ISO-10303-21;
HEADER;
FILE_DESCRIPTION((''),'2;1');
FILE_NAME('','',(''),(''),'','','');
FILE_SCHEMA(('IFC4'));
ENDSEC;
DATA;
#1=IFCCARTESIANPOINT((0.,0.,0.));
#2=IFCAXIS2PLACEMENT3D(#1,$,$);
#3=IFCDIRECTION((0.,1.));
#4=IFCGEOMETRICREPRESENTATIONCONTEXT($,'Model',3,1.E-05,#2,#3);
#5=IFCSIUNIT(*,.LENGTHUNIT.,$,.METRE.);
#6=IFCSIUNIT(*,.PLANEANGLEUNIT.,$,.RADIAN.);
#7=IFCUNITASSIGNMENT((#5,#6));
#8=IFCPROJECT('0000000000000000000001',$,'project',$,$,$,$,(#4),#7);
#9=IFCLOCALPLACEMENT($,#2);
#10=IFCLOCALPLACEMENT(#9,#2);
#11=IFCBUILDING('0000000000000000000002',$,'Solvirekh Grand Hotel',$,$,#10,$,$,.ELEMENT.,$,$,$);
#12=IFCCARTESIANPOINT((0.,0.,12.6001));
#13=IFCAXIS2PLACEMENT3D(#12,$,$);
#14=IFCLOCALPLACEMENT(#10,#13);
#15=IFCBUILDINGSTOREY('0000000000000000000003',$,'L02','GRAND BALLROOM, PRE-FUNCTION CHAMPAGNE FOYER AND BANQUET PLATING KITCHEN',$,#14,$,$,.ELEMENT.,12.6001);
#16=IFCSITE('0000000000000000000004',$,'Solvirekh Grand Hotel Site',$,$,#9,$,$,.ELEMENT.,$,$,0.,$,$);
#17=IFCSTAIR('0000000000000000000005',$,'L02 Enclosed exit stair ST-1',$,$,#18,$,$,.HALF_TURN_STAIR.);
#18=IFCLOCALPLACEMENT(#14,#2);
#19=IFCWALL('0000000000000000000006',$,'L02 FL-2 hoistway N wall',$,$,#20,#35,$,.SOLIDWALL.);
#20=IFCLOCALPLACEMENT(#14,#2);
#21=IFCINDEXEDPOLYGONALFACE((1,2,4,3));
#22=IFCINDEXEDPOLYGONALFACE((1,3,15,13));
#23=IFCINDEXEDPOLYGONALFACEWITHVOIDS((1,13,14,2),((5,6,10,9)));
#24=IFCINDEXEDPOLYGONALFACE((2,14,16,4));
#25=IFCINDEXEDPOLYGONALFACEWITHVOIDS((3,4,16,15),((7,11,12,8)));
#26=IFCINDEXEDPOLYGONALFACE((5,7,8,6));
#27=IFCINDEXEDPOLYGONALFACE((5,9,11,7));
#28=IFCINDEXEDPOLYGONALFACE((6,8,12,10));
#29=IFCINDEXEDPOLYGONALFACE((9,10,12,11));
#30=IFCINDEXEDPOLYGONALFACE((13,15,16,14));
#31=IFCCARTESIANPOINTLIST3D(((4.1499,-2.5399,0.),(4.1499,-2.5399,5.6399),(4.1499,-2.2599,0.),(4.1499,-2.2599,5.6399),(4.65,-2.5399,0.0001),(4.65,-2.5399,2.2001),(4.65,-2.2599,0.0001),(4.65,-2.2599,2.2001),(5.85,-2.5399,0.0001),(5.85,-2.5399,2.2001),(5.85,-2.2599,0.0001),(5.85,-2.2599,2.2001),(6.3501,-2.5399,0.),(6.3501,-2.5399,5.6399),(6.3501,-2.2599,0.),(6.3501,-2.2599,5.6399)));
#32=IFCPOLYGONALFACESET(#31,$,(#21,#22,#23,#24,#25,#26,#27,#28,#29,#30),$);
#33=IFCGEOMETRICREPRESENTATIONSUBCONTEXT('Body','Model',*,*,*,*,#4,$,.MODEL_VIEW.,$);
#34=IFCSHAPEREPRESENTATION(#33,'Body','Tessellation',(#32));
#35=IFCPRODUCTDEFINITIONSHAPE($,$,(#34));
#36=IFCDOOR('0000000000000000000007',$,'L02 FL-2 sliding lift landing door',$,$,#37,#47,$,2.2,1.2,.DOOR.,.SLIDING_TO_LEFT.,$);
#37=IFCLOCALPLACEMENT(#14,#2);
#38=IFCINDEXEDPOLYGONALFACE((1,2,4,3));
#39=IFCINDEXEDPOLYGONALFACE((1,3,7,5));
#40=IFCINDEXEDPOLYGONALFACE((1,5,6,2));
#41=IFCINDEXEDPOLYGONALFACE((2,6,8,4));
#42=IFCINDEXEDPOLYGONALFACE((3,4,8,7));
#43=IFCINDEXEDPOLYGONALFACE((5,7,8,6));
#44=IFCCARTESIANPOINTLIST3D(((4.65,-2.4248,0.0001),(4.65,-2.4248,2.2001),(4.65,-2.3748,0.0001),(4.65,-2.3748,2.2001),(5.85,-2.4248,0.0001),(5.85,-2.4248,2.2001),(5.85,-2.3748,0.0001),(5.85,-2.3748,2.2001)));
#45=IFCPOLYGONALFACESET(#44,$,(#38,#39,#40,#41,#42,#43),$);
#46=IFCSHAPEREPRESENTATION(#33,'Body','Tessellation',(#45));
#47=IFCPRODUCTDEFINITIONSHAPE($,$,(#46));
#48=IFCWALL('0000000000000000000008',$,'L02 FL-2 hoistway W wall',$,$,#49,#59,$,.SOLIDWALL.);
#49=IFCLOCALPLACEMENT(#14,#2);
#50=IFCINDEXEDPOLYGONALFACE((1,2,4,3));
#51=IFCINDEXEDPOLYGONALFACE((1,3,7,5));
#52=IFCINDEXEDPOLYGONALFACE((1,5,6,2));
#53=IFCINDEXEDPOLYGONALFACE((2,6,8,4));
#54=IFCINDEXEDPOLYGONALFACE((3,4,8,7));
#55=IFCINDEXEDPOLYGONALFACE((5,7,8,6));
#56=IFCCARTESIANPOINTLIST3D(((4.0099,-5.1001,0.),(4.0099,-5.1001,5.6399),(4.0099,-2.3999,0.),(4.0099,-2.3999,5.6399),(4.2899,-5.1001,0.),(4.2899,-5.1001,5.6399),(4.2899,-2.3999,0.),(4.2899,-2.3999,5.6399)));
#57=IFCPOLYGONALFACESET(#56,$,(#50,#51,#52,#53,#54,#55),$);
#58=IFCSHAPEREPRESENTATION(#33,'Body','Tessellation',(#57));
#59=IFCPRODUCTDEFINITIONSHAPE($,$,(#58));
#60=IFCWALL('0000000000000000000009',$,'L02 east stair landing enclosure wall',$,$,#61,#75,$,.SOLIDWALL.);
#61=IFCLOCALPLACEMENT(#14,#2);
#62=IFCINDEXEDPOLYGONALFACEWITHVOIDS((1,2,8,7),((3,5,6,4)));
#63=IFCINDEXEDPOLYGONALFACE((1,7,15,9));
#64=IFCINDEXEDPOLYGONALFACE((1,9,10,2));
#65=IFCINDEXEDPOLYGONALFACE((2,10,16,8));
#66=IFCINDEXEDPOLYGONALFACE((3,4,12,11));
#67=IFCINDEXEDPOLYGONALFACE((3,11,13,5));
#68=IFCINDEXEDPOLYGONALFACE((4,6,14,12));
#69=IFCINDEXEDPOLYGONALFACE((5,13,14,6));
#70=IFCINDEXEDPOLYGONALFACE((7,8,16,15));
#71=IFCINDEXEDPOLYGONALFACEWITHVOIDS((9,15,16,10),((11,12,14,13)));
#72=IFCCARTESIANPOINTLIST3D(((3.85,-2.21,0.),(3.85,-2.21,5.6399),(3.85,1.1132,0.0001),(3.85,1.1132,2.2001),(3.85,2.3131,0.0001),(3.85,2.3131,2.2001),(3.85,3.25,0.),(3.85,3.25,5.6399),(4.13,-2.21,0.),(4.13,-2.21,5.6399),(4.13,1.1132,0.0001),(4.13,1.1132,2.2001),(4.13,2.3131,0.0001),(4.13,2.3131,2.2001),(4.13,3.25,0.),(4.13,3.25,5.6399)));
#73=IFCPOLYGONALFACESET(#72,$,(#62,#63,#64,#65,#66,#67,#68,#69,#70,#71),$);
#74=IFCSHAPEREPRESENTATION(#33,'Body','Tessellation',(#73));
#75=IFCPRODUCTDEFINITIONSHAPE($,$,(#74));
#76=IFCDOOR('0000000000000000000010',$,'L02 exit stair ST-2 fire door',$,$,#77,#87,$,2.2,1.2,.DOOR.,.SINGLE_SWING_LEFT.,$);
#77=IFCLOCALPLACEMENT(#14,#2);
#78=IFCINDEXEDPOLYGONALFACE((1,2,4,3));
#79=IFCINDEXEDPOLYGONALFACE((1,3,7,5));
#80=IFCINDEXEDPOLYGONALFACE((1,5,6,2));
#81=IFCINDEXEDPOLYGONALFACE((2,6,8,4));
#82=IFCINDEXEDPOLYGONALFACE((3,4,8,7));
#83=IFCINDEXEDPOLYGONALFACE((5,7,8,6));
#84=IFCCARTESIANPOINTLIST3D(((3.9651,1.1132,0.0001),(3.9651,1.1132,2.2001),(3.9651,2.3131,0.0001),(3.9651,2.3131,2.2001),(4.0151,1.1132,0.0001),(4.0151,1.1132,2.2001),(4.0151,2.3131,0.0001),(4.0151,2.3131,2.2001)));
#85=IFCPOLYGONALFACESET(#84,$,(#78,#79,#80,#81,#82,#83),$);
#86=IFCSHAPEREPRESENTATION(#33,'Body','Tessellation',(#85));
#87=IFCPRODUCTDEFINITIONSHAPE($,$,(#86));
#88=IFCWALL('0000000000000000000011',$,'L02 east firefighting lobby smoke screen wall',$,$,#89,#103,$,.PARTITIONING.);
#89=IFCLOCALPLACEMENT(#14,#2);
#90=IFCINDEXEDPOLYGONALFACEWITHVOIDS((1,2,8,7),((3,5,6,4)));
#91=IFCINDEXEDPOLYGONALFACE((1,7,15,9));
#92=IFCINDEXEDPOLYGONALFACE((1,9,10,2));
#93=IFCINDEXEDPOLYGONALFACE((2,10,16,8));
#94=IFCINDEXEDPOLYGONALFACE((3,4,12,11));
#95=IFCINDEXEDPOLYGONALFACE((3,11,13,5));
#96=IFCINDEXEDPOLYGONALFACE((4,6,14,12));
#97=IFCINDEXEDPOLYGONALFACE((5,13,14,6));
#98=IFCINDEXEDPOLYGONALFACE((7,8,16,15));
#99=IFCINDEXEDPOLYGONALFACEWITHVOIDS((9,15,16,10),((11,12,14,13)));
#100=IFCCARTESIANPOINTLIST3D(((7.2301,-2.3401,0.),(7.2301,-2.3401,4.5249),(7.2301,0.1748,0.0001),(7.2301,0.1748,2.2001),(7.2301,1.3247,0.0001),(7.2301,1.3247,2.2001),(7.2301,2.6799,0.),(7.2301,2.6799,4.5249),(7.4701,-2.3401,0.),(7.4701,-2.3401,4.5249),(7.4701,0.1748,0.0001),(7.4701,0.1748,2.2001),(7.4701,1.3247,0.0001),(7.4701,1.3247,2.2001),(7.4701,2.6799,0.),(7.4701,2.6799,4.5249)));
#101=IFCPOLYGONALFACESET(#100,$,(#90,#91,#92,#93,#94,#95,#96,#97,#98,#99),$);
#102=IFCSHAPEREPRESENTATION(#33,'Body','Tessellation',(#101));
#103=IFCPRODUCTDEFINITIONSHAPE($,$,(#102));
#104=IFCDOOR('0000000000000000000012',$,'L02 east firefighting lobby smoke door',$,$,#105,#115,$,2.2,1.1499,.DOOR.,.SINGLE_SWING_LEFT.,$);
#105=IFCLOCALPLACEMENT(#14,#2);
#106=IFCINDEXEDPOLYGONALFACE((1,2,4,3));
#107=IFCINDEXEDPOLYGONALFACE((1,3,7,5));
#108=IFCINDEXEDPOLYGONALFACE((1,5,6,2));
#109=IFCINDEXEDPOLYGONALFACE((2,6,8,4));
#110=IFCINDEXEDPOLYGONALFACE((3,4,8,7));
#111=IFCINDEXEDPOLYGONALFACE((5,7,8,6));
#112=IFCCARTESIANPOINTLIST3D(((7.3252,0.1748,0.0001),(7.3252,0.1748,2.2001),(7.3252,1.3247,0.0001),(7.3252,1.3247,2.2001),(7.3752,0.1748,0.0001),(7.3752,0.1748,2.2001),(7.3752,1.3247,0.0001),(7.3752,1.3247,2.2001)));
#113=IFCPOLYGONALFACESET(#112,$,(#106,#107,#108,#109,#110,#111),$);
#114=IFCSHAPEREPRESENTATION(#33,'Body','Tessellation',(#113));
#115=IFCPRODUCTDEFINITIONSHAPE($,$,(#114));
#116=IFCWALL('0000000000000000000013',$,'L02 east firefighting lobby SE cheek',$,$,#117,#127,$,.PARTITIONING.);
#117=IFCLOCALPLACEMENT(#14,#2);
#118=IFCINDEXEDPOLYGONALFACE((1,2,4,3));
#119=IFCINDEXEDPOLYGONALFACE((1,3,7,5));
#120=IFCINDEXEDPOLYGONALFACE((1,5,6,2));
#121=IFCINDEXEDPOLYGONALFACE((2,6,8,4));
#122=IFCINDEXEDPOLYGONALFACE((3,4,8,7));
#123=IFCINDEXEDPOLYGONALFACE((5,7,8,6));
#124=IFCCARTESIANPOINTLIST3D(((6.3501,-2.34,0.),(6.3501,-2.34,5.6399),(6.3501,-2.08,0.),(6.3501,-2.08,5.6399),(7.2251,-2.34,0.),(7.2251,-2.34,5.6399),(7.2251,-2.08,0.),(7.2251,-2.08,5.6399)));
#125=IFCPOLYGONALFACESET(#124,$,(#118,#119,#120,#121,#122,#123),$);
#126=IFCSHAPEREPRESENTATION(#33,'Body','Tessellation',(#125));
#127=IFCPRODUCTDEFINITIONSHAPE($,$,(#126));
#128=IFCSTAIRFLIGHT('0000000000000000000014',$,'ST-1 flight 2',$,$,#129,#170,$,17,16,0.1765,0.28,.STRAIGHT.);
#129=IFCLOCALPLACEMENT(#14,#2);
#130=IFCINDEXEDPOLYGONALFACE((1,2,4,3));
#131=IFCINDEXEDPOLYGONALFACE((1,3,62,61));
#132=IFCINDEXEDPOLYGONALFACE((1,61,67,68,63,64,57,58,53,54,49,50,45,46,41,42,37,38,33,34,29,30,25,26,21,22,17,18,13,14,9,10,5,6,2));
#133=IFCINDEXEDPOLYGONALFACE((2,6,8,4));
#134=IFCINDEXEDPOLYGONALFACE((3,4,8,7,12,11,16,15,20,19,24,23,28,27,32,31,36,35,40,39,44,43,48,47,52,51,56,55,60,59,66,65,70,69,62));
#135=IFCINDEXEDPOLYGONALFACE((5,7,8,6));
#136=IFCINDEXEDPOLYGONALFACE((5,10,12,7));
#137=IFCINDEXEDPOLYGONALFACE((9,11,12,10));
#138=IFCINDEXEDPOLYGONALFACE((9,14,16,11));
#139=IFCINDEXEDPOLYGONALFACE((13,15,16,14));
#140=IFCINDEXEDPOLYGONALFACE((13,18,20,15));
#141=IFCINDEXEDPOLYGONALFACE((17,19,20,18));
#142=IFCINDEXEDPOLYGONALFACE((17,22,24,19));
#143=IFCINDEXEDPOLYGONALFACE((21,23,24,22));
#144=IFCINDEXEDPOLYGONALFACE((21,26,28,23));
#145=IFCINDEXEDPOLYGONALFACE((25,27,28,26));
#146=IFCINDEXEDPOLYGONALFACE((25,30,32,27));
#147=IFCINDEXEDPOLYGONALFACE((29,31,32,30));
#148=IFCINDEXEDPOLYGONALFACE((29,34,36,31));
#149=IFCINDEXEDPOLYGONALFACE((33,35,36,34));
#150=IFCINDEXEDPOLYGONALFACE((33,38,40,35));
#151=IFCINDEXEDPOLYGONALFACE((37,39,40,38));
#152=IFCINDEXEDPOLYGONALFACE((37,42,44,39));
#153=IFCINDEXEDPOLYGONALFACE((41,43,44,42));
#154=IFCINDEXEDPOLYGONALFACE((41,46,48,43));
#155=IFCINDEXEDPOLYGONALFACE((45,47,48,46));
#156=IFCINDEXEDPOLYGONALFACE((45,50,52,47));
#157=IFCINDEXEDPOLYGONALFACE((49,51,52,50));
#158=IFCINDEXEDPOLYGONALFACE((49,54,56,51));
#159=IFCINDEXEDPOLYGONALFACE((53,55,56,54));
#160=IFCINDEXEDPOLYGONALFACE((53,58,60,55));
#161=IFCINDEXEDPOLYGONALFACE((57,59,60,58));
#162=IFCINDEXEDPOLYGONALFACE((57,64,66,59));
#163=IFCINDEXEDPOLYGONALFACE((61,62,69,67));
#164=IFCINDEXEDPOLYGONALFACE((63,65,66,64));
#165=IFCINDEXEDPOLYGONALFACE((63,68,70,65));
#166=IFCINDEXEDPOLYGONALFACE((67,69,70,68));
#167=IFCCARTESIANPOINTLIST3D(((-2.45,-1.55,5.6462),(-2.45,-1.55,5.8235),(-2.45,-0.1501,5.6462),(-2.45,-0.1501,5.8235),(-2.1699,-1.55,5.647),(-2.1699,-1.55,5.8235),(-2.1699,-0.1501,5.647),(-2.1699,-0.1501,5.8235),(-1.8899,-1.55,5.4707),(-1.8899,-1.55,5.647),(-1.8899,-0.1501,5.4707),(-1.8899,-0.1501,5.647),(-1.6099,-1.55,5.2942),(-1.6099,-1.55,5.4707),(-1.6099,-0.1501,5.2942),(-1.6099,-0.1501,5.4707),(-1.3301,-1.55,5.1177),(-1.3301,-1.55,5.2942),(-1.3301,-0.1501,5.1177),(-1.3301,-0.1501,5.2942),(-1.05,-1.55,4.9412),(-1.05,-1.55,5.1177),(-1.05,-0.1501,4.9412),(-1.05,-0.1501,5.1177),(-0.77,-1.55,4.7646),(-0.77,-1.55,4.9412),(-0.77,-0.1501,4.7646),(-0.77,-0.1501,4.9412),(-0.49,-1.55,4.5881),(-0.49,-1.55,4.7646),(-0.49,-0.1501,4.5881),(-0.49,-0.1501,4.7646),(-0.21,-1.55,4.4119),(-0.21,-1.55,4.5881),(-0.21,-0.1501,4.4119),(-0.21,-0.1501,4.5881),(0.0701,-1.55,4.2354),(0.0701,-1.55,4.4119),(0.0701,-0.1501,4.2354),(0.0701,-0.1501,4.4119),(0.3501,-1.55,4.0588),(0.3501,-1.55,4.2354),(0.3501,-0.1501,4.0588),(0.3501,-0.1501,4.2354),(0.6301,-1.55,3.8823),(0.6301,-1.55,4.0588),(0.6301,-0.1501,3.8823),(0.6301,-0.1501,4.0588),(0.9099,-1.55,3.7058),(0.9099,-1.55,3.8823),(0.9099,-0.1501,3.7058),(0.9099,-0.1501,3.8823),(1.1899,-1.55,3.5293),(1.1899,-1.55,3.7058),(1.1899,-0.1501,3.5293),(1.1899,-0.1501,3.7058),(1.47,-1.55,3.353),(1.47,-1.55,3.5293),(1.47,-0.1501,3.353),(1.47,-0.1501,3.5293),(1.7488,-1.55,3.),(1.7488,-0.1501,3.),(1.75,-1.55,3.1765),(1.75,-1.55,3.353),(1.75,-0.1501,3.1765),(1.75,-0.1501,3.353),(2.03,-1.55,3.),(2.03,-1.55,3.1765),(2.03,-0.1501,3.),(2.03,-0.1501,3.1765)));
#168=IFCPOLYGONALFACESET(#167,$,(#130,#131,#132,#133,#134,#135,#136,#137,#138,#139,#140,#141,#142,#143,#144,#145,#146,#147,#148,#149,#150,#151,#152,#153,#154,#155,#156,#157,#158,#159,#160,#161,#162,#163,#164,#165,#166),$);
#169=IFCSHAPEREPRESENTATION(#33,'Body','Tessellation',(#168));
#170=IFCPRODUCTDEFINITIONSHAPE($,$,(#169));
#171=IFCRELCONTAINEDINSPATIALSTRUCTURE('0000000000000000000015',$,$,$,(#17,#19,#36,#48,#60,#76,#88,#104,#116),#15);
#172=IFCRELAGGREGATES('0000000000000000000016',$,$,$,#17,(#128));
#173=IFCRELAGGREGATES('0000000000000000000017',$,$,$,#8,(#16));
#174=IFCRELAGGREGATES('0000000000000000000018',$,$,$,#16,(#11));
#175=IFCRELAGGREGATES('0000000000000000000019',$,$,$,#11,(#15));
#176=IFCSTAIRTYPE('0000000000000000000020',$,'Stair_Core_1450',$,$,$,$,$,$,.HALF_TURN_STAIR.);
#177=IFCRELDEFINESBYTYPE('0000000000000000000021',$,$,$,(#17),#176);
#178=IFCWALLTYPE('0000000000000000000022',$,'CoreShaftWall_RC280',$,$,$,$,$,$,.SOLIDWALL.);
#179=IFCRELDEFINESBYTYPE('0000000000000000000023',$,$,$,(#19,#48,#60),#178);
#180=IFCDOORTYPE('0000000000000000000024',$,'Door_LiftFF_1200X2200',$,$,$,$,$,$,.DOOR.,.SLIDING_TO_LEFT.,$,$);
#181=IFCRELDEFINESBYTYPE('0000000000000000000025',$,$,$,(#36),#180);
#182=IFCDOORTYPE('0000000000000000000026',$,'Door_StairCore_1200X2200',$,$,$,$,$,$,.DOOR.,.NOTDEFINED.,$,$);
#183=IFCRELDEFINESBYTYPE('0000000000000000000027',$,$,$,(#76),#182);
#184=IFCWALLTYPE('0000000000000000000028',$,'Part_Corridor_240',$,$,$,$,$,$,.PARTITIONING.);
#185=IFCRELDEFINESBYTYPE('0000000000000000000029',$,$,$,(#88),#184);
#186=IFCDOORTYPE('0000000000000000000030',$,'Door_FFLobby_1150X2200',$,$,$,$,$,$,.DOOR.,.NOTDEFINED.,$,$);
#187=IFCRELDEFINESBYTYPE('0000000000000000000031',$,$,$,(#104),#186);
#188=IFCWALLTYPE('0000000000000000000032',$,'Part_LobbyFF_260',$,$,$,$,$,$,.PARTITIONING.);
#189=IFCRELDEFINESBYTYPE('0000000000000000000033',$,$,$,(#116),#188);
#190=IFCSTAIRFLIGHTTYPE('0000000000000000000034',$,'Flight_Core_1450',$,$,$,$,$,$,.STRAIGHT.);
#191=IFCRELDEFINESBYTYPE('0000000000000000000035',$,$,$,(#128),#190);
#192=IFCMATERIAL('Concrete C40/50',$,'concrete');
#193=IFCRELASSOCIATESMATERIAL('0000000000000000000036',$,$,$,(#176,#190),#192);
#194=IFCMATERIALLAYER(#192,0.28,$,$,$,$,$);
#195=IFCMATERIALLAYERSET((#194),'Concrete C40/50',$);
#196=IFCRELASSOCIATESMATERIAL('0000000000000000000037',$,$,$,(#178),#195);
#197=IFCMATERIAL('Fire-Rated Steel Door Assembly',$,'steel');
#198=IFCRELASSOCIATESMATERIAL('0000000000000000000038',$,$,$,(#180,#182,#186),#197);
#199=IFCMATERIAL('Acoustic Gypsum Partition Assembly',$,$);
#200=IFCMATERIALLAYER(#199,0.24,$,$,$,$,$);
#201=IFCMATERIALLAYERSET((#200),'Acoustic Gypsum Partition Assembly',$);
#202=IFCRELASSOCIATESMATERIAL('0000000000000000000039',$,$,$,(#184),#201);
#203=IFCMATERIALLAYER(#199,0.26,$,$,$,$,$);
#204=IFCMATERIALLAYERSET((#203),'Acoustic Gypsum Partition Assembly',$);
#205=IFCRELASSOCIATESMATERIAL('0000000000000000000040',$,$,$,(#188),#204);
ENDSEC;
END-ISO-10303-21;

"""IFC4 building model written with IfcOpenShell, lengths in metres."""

from ifc_helpers import new_model, si_unit, direction, frame, frame_2d, origin, place, context, subcontext, project, spatial, polyline, rectangle, outline, extrude, material, layer, layer_set, type_object, element, fill, aggregate, save


model = new_model("IFC4")

# Units and contexts
model_context = context("Model", 3, precision=1e-05, world=origin(), true_north=direction((0.0, 1.0)))
body_context = subcontext(model_context, "Body", "Model", "MODEL_VIEW")
ifc_project = project(units=[si_unit("LENGTHUNIT", "METRE"), si_unit("PLANEANGLEUNIT", "RADIAN")], contexts=[model_context])

# Site, building, storey
site_placement = place(None, origin())
site = spatial("IfcSite", under=ifc_project, at=site_placement, Name="Solvirekh Grand Hotel Site", CompositionType="ELEMENT", RefElevation=0.0)
building_placement = place(site_placement, origin())
building = spatial("IfcBuilding", under=site, at=building_placement, Name="Solvirekh Grand Hotel", CompositionType="ELEMENT")
storey_placement = place(building_placement, frame((0.0, 0.0, 12.6001)))
storey = spatial("IfcBuildingStorey", under=building, at=storey_placement, Name="L02", Description="GRAND BALLROOM, PRE-FUNCTION CHAMPAGNE FOYER AND BANQUET PLATING KITCHEN", CompositionType="ELEMENT", Elevation=12.6001)

# Stair
ifc_material_1 = material(Name="Concrete C40/50", Category="concrete")
stair_type_1 = type_object("IfcStairType", Name="Stair_Core_1450", PredefinedType="HALF_TURN_STAIR", material=ifc_material_1)
stair_1_placement = place(storey_placement, origin())
stair_1 = element("IfcStair", 1, at=stair_1_placement, inside=storey, type_object=stair_type_1, Name="L02 Enclosed exit stair ST-1", PredefinedType="HALF_TURN_STAIR")

# Shared definitions
ifc_layer_1 = layer(ifc_material_1, 0.28)
ifc_layer_set_1 = layer_set([ifc_layer_1], Name="Concrete C40/50")
wall_type_1 = type_object("IfcWallType", Name="CoreShaftWall_RC280", PredefinedType="SOLIDWALL", material=ifc_layer_set_1)

# Wall, opening, door
wall_1_placement = place(storey_placement, frame((6.3501, -2.3999, 0.0), z_axis=(0.0, 0.0, 1.0), x_axis=(-1.0, 0.0, 0.0)))
wall_1 = element("IfcWall", 2, at=wall_1_placement, inside=storey, type_object=wall_type_1, Name="L02 FL-2 hoistway N wall", PredefinedType="SOLIDWALL", context=body_context, shape_type="SweptSolid", body=[
    extrude(rectangle(XDim=2.2002, YDim=0.28, at=frame_2d((1.1001, 0.0))), origin(), (0.0, 0.0, 1.0), 5.6399),
])
opening_1_placement = place(wall_1_placement, frame((0.5, 0.0, 0.0)))
opening_1 = element("IfcOpeningElement", 3, at=opening_1_placement, cuts=wall_1, PredefinedType="OPENING", context=body_context, shape_type="SweptSolid", body=[
    extrude(rectangle(XDim=1.2, YDim=2.2, at=frame_2d((0.6001, 1.1001))), frame((0.0, 0.1499, 0.0), z_axis=(0.0, -1.0, 0.0), x_axis=(1.0, 0.0, 0.0)), (0.0, 0.0, 1.0), 0.3),
])
ifc_material_2 = material(Name="Fire-Rated Steel Door Assembly", Category="steel")
door_type_1 = type_object("IfcDoorType", Name="Door_LiftFF_1200X2200", OperationType="SLIDING_TO_LEFT", PredefinedType="DOOR", material=ifc_material_2)
door_1_placement = place(opening_1_placement, origin())
door_1 = element("IfcDoor", 4, at=door_1_placement, inside=storey, type_object=door_type_1, Name="L02 FL-2 sliding lift landing door", OperationType="SLIDING_TO_LEFT", OverallHeight=2.2, OverallWidth=1.2, PredefinedType="DOOR", context=body_context, shape_type="SweptSolid", body=[
    extrude(rectangle(XDim=1.2, YDim=2.2, at=frame_2d((0.6001, 1.1001))), frame((0.0, 0.0249, 0.0), z_axis=(0.0, -1.0, 0.0), x_axis=(1.0, 0.0, 0.0)), (0.0, 0.0, 1.0), 0.05),
])
fill(opening_1, door_1)

# Wall
wall_2_placement = place(storey_placement, frame((4.1499, -2.3999, 0.0), z_axis=(0.0, 0.0, 1.0), x_axis=(0.0, -1.0, 0.0)))
element("IfcWall", 5, at=wall_2_placement, inside=storey, type_object=wall_type_1, Name="L02 FL-2 hoistway W wall", PredefinedType="SOLIDWALL", context=body_context, shape_type="SweptSolid", body=[
    extrude(rectangle(XDim=2.7002, YDim=0.28, at=frame_2d((1.3501, 0.0))), origin(), (0.0, 0.0, 1.0), 5.6399),
])

# Walls, openings, doors
wall_3_placement = place(storey_placement, frame((3.99, -2.21, 0.0), z_axis=(0.0, 0.0, 1.0), x_axis=(0.0, 1.0, 0.0)))
wall_3 = element("IfcWall", 6, at=wall_3_placement, inside=storey, type_object=wall_type_1, Name="L02 east stair landing enclosure wall", PredefinedType="SOLIDWALL", context=body_context, shape_type="SweptSolid", body=[
    extrude(rectangle(XDim=5.46, YDim=0.28, at=frame_2d((2.73, 0.0))), origin(), (0.0, 0.0, 1.0), 5.6399),
])
opening_2_placement = place(wall_3_placement, frame((3.323, 0.0, 0.0)))
opening_2 = element("IfcOpeningElement", 7, at=opening_2_placement, cuts=wall_3, PredefinedType="OPENING", context=body_context, shape_type="SweptSolid", body=[
    extrude(rectangle(XDim=1.2, YDim=2.2, at=frame_2d((0.6001, 1.1001))), frame((0.0, 0.1499, 0.0), z_axis=(0.0, -1.0, 0.0), x_axis=(1.0, 0.0, 0.0)), (0.0, 0.0, 1.0), 0.3),
])
door_type_2 = type_object("IfcDoorType", Name="Door_StairCore_1200X2200", OperationType="NOTDEFINED", PredefinedType="DOOR", material=ifc_material_2)
door_2_placement = place(opening_2_placement, origin())
door_2 = element("IfcDoor", 8, at=door_2_placement, inside=storey, type_object=door_type_2, Name="L02 exit stair ST-2 fire door", OperationType="SINGLE_SWING_LEFT", OverallHeight=2.2, OverallWidth=1.2, PredefinedType="DOOR", context=body_context, shape_type="SweptSolid", body=[
    extrude(rectangle(XDim=1.2, YDim=2.2, at=frame_2d((0.6001, 1.1001))), frame((0.0, 0.0249, 0.0), z_axis=(0.0, -1.0, 0.0), x_axis=(1.0, 0.0, 0.0)), (0.0, 0.0, 1.0), 0.05),
])
fill(opening_2, door_2)
ifc_material_3 = material(Name="Acoustic Gypsum Partition Assembly")
ifc_layer_2 = layer(ifc_material_3, 0.24)
ifc_layer_set_2 = layer_set([ifc_layer_2], Name="Acoustic Gypsum Partition Assembly")
wall_type_2 = type_object("IfcWallType", Name="Part_Corridor_240", PredefinedType="PARTITIONING", material=ifc_layer_set_2)
wall_4_placement = place(storey_placement, frame((7.3501, -2.3401, 0.0), z_axis=(0.0, 0.0, 1.0), x_axis=(0.0, 1.0, 0.0)))
wall_4 = element("IfcWall", 9, at=wall_4_placement, inside=storey, type_object=wall_type_2, Name="L02 east firefighting lobby smoke screen wall", PredefinedType="PARTITIONING", context=body_context, shape_type="SweptSolid", body=[
    extrude(rectangle(XDim=5.02, YDim=0.24, at=frame_2d((2.51, 0.0))), origin(), (0.0, 0.0, 1.0), 4.5249),
])
opening_3_placement = place(wall_4_placement, frame((2.5149, 0.0, 0.0)))
opening_3 = element("IfcOpeningElement", 10, at=opening_3_placement, cuts=wall_4, PredefinedType="OPENING", context=body_context, shape_type="SweptSolid", body=[
    extrude(rectangle(XDim=1.1499, YDim=2.2, at=frame_2d((0.575, 1.1001))), frame((0.0, 0.1299, 0.0), z_axis=(0.0, -1.0, 0.0), x_axis=(1.0, 0.0, 0.0)), (0.0, 0.0, 1.0), 0.26),
])
door_type_3 = type_object("IfcDoorType", Name="Door_FFLobby_1150X2200", OperationType="NOTDEFINED", PredefinedType="DOOR", material=ifc_material_2)
door_3_placement = place(opening_3_placement, origin())
door_3 = element("IfcDoor", 11, at=door_3_placement, inside=storey, type_object=door_type_3, Name="L02 east firefighting lobby smoke door", OperationType="SINGLE_SWING_LEFT", OverallHeight=2.2, OverallWidth=1.1499, PredefinedType="DOOR", context=body_context, shape_type="SweptSolid", body=[
    extrude(rectangle(XDim=1.1499, YDim=2.2, at=frame_2d((0.575, 1.1001))), frame((0.0, 0.0249, 0.0), z_axis=(0.0, -1.0, 0.0), x_axis=(1.0, 0.0, 0.0)), (0.0, 0.0, 1.0), 0.05),
])
fill(opening_3, door_3)

# Wall
ifc_layer_3 = layer(ifc_material_3, 0.26)
ifc_layer_set_3 = layer_set([ifc_layer_3], Name="Acoustic Gypsum Partition Assembly")
wall_type_3 = type_object("IfcWallType", Name="Part_LobbyFF_260", PredefinedType="PARTITIONING", material=ifc_layer_set_3)
wall_5_placement = place(storey_placement, frame((6.3501, -2.21, 0.0), z_axis=(0.0, 0.0, 1.0), x_axis=(1.0, 0.0, 0.0)))
element("IfcWall", 12, at=wall_5_placement, inside=storey, type_object=wall_type_3, Name="L02 east firefighting lobby SE cheek", PredefinedType="PARTITIONING", context=body_context, shape_type="SweptSolid", body=[
    extrude(rectangle(XDim=0.875, YDim=0.26, at=frame_2d((0.4375, 0.0))), origin(), (0.0, 0.0, 1.0), 5.6399),
])

# Stair flight
stair_flight_type = type_object("IfcStairFlightType", Name="Flight_Core_1450", PredefinedType="STRAIGHT", material=ifc_material_1)
stair_flight_placement = place(storey_placement, frame((2.03, -0.8501, 3.0), z_axis=(0.0, 0.0, 1.0), x_axis=(-1.0, 0.0, 0.0)))
stair_flight = element("IfcStairFlight", 13, at=stair_flight_placement, type_object=stair_flight_type, Name="ST-1 flight 2", NumberOfRisers=17, NumberOfTreads=16, PredefinedType="STRAIGHT", RiserHeight=0.1765, TreadLength=0.28, context=body_context, shape_type="SweptSolid", body=[
    extrude(outline(polyline([(0.0, 0.0), (0.0, 0.1765), (0.28, 0.1765), (0.28, 0.353), (0.5601, 0.353), (0.5601, 0.5293), (0.8401, 0.5293), (0.8401, 0.7058), (1.1201, 0.7058), (1.1201, 0.8823), (1.3999, 0.8823), (1.3999, 1.0588), (1.6799, 1.0588), (1.6799, 1.2354), (1.96, 1.2354), (1.96, 1.4119), (2.24, 1.4119), (2.24, 1.5881), (2.52, 1.5881), (2.52, 1.7646), (2.8, 1.7646), (2.8, 1.9412), (3.0801, 1.9412), (3.0801, 2.1177), (3.3601, 2.1177), (3.3601, 2.2942), (3.6399, 2.2942), (3.6399, 2.4707), (3.9199, 2.4707), (3.9199, 2.647), (4.2, 2.647), (4.2, 2.8235), (4.48, 2.8235), (4.48, 3.0), (4.48, 2.6462), (0.2812, 0.0), (0.0, 0.0)])), frame((0.0, 0.7, 0.0), z_axis=(0.0, -1.0, 0.0), x_axis=(1.0, 0.0, 0.0)), (0.0, 0.0, 1.0), 1.3999),
])
aggregate(stair_1, [stair_flight])

save(model, "model.ifc")
